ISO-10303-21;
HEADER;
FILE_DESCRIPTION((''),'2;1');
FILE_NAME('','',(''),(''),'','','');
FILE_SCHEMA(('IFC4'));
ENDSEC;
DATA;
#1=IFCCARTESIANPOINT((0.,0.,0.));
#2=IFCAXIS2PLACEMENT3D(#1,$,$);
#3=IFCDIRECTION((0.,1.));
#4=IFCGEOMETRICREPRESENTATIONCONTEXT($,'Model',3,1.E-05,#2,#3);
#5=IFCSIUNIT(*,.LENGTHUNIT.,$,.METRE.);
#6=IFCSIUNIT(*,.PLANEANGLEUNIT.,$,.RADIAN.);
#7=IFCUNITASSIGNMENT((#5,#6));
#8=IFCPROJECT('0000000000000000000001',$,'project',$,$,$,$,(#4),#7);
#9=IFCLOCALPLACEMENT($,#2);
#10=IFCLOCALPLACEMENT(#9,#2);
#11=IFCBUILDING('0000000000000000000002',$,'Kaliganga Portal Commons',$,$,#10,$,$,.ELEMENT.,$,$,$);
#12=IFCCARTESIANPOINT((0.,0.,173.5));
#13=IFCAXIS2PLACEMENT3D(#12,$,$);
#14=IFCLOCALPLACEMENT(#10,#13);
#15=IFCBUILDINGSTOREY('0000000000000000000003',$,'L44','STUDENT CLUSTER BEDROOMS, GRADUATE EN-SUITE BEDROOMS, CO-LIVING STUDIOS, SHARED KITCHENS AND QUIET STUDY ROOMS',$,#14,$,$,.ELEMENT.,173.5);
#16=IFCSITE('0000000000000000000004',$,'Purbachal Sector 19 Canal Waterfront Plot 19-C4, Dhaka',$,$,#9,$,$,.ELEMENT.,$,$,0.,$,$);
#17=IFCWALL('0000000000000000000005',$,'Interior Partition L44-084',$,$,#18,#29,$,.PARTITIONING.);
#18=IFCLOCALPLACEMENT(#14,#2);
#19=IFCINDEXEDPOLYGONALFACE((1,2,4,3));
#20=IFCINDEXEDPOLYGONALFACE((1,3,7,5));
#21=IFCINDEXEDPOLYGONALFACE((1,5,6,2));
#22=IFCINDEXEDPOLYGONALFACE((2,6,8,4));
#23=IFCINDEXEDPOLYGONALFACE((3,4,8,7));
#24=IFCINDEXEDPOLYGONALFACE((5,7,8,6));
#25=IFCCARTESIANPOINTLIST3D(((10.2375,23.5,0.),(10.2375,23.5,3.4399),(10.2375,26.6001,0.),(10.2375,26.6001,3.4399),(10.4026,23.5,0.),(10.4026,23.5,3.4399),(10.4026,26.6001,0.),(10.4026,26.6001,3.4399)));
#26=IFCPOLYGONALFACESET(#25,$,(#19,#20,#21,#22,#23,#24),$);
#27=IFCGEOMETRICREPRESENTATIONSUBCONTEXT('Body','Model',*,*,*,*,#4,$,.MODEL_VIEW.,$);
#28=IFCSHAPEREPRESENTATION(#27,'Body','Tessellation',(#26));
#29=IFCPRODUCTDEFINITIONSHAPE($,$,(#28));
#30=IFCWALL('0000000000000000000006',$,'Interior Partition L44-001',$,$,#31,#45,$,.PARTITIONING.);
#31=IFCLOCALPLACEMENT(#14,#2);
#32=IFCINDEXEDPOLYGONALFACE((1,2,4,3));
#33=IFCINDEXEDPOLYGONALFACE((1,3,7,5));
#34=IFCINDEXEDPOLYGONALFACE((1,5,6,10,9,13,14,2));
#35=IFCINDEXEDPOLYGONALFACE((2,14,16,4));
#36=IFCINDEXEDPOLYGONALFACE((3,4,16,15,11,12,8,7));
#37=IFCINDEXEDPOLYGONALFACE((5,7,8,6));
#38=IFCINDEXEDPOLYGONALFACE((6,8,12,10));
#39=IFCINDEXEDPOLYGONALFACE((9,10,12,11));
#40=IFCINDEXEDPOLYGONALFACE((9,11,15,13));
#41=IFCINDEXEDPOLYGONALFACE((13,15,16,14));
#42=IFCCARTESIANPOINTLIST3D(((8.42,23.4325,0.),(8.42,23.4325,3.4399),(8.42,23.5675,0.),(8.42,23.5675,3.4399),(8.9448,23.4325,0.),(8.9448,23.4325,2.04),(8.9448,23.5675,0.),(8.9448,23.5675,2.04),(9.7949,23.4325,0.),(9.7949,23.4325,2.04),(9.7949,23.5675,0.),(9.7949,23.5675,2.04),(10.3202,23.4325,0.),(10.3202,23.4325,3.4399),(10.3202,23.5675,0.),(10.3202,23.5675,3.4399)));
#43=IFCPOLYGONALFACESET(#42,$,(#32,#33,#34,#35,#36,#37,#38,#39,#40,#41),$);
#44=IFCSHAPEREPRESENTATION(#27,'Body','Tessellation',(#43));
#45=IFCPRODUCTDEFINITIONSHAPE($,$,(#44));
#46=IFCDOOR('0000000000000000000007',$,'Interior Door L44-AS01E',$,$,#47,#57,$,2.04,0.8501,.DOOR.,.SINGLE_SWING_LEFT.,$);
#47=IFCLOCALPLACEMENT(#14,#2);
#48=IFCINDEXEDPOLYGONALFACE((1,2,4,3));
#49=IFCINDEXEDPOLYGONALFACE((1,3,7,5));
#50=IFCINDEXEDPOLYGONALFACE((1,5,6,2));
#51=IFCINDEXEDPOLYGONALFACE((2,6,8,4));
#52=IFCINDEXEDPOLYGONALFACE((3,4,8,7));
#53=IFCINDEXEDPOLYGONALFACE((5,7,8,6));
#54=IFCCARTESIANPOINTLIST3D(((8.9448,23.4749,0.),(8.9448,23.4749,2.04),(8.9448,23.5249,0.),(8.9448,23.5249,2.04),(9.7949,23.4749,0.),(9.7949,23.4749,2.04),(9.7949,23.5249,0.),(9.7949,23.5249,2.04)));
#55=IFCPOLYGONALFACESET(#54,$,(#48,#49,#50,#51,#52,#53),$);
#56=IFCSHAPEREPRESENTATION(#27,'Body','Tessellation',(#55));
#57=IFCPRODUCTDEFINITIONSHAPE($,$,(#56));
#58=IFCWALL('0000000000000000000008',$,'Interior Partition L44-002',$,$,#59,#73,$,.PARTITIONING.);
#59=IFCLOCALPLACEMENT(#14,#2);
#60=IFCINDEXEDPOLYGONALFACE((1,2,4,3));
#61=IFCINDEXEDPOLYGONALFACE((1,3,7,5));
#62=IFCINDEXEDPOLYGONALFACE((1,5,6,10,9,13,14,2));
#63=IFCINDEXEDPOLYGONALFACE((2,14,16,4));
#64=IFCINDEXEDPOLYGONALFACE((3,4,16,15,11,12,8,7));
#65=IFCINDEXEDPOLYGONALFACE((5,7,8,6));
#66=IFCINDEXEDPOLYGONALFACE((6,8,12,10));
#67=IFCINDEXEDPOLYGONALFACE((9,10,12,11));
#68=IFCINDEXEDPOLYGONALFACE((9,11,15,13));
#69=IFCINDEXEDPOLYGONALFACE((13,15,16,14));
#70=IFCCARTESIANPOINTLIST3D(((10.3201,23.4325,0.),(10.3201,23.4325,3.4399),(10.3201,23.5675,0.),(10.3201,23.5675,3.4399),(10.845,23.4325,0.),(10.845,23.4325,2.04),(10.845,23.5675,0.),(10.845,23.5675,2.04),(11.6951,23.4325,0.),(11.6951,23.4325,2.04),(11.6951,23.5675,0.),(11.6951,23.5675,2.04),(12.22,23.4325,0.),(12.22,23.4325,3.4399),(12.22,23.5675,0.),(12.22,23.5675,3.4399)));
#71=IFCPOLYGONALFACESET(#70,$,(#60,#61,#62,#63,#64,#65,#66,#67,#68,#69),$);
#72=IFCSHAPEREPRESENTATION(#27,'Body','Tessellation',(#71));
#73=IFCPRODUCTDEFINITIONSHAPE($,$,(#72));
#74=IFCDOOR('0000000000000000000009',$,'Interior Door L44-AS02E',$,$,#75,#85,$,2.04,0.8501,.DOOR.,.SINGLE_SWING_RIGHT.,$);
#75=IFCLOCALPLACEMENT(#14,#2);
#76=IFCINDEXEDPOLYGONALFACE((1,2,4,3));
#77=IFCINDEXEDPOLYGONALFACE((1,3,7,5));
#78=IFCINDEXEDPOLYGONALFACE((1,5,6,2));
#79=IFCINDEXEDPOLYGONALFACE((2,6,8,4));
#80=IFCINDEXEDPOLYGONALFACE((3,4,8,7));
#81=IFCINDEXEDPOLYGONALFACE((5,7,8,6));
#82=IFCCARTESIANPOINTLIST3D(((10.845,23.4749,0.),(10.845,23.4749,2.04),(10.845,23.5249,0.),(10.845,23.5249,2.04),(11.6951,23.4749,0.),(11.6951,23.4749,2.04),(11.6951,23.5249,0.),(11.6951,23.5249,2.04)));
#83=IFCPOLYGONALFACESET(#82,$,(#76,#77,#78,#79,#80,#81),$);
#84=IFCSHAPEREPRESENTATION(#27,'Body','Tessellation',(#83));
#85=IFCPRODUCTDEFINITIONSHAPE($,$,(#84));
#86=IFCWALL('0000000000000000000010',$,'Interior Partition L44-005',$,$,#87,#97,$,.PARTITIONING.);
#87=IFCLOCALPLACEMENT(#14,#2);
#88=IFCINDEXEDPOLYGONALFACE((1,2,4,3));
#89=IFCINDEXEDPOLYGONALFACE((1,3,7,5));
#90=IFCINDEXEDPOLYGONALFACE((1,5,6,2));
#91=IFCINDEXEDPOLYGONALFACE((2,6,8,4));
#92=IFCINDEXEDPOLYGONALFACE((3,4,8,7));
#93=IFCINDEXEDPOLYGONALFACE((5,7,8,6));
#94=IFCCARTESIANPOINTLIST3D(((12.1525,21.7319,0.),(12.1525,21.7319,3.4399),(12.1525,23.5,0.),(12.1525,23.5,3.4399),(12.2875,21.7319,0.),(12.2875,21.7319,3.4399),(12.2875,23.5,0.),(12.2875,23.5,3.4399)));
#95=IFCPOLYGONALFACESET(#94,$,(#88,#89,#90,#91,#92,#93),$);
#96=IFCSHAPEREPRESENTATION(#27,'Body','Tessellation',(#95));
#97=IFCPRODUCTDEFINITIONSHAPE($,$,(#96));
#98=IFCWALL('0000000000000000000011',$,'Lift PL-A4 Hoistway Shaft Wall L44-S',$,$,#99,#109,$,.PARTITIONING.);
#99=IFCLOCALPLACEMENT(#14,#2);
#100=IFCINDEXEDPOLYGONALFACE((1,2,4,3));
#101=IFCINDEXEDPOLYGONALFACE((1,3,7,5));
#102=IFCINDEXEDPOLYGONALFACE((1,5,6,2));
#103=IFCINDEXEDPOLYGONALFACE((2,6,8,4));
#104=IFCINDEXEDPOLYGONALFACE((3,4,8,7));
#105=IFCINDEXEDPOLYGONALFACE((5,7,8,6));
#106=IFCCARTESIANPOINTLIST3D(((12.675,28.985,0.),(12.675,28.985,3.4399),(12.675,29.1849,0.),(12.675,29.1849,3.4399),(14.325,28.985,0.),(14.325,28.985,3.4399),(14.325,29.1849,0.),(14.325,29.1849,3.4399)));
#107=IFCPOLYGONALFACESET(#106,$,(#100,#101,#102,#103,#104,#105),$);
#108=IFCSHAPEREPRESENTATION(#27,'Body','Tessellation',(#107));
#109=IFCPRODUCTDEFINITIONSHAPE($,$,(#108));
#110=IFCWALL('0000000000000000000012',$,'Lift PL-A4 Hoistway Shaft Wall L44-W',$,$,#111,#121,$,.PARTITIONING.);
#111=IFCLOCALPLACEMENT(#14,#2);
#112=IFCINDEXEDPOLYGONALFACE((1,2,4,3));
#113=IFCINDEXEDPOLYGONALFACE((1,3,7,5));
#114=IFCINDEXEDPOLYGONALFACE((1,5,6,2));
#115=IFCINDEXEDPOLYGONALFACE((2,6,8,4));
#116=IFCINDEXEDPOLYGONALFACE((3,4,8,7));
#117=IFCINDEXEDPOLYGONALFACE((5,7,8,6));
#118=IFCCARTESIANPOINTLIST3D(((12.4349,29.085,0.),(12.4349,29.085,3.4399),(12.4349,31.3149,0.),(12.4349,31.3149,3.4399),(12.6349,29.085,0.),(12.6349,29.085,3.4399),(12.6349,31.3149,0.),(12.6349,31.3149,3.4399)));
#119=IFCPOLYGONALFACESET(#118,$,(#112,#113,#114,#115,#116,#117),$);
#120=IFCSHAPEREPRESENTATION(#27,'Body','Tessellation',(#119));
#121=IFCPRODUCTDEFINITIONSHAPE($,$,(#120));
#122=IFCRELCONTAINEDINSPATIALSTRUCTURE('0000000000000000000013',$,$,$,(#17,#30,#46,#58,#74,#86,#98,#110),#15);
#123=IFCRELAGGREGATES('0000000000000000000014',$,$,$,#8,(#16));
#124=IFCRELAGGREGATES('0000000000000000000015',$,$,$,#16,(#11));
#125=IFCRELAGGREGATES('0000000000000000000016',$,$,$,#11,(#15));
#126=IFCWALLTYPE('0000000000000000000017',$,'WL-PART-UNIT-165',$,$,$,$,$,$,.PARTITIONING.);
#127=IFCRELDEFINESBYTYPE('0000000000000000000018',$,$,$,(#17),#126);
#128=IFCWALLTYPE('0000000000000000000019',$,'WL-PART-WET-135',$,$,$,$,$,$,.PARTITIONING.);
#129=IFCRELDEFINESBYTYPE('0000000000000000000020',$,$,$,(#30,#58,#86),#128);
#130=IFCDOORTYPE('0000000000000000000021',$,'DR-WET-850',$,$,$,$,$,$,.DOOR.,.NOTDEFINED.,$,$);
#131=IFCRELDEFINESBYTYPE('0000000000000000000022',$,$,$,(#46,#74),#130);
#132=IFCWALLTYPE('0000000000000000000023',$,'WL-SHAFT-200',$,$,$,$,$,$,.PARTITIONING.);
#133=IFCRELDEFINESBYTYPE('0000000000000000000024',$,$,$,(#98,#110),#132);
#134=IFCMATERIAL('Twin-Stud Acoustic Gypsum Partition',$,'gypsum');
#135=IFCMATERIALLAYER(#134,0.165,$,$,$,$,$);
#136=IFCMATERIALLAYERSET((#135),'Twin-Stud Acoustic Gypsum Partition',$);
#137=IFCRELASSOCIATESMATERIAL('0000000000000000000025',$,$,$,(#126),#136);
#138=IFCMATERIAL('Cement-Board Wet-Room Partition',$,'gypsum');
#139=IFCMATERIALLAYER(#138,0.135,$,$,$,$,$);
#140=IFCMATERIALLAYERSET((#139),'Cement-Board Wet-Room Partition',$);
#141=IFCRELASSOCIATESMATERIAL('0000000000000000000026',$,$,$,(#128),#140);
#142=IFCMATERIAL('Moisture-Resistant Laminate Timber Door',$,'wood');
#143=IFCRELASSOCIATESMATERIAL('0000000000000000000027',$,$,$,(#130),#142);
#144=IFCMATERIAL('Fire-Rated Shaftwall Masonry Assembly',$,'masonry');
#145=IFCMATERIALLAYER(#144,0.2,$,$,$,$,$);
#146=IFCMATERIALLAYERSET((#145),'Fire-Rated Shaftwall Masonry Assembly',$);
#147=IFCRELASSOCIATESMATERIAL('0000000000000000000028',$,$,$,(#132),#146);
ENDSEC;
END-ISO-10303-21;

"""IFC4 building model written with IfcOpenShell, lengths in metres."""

from ifc_helpers import new_model, si_unit, direction, frame, frame_2d, origin, place, context, subcontext, project, spatial, rectangle, extrude, material, layer, layer_set, type_object, element, fill, save


model = new_model("IFC4")

# Units and contexts
model_context = context("Model", 3, precision=1e-05, world=origin(), true_north=direction((0.0, 1.0)))
body_context = subcontext(model_context, "Body", "Model", "MODEL_VIEW")
ifc_project = project(units=[si_unit("LENGTHUNIT", "METRE"), si_unit("PLANEANGLEUNIT", "RADIAN")], contexts=[model_context])

# Site, building, storey
site_placement = place(None, origin())
site = spatial("IfcSite", under=ifc_project, at=site_placement, Name="Purbachal Sector 19 Canal Waterfront Plot 19-C4, Dhaka", CompositionType="ELEMENT", RefElevation=0.0)
building_placement = place(site_placement, origin())
building = spatial("IfcBuilding", under=site, at=building_placement, Name="Kaliganga Portal Commons", CompositionType="ELEMENT")
storey_placement = place(building_placement, frame((0.0, 0.0, 173.5)))
storey = spatial("IfcBuildingStorey", under=building, at=storey_placement, Name="L44", Description="STUDENT CLUSTER BEDROOMS, GRADUATE EN-SUITE BEDROOMS, CO-LIVING STUDIOS, SHARED KITCHENS AND QUIET STUDY ROOMS", CompositionType="ELEMENT", Elevation=173.5)

# Wall
ifc_material_1 = material(Name="Twin-Stud Acoustic Gypsum Partition", Category="gypsum")
ifc_layer_1 = layer(ifc_material_1, 0.165)
ifc_layer_set_1 = layer_set([ifc_layer_1], Name="Twin-Stud Acoustic Gypsum Partition")
wall_type_1 = type_object("IfcWallType", Name="WL-PART-UNIT-165", PredefinedType="PARTITIONING", material=ifc_layer_set_1)
wall_1_placement = place(storey_placement, frame((10.3201, 23.5, 0.0), z_axis=(0.0, 0.0, 1.0), x_axis=(0.0, 1.0, 0.0)))
element("IfcWall", 1, at=wall_1_placement, inside=storey, type_object=wall_type_1, Name="Interior Partition L44-084", PredefinedType="PARTITIONING", context=body_context, shape_type="SweptSolid", body=[
    extrude(rectangle(XDim=3.1001, YDim=0.165, at=frame_2d((1.55, 0.0))), origin(), (0.0, 0.0, 1.0), 3.4399),
])

# Walls, openings, doors
ifc_material_2 = material(Name="Cement-Board Wet-Room Partition", Category="gypsum")
ifc_layer_2 = layer(ifc_material_2, 0.135)
ifc_layer_set_2 = layer_set([ifc_layer_2], Name="Cement-Board Wet-Room Partition")
wall_type_2 = type_object("IfcWallType", Name="WL-PART-WET-135", PredefinedType="PARTITIONING", material=ifc_layer_set_2)
wall_2_placement = place(storey_placement, frame((8.4199, 23.5, 0.0), z_axis=(0.0, 0.0, 1.0), x_axis=(1.0, 0.0, 0.0)))
wall_2 = element("IfcWall", 2, at=wall_2_placement, inside=storey, type_object=wall_type_2, Name="Interior Partition L44-001", PredefinedType="PARTITIONING", context=body_context, shape_type="SweptSolid", body=[
    extrude(rectangle(XDim=1.9001, YDim=0.135, at=frame_2d((0.9502, 0.0))), origin(), (0.0, 0.0, 1.0), 3.4399),
])
opening_1_placement = place(wall_2_placement, frame((0.5249, 0.0, 0.0)))
opening_1 = element("IfcOpeningElement", 3, at=opening_1_placement, cuts=wall_2, PredefinedType="OPENING", context=body_context, shape_type="SweptSolid", body=[
    extrude(rectangle(XDim=0.8501, YDim=2.04, at=frame_2d((0.425, 1.02))), frame((0.0, 0.0776, 0.0), z_axis=(0.0, -1.0, 0.0), x_axis=(1.0, 0.0, 0.0)), (0.0, 0.0, 1.0), 0.155),
])
ifc_material_3 = material(Name="Moisture-Resistant Laminate Timber Door", Category="wood")
door_type_1 = type_object("IfcDoorType", Name="DR-WET-850", OperationType="NOTDEFINED", PredefinedType="DOOR", material=ifc_material_3)
door_1_placement = place(opening_1_placement, origin())
door_1 = element("IfcDoor", 4, at=door_1_placement, inside=storey, type_object=door_type_1, Name="Interior Door L44-AS01E", OperationType="SINGLE_SWING_LEFT", OverallHeight=2.04, OverallWidth=0.8501, PredefinedType="DOOR", context=body_context, shape_type="SweptSolid", body=[
    extrude(rectangle(XDim=0.8501, YDim=2.04, at=frame_2d((0.425, 1.02))), frame((0.0, 0.0249, 0.0), z_axis=(0.0, -1.0, 0.0), x_axis=(1.0, 0.0, 0.0)), (0.0, 0.0, 1.0), 0.05),
])
fill(opening_1, door_1)
wall_3_placement = place(storey_placement, frame((10.3201, 23.5, 0.0), z_axis=(0.0, 0.0, 1.0), x_axis=(1.0, 0.0, 0.0)))
wall_3 = element("IfcWall", 5, at=wall_3_placement, inside=storey, type_object=wall_type_2, Name="Interior Partition L44-002", PredefinedType="PARTITIONING", context=body_context, shape_type="SweptSolid", body=[
    extrude(rectangle(XDim=1.8999, YDim=0.135, at=frame_2d((0.95, 0.0))), origin(), (0.0, 0.0, 1.0), 3.4399),
])
opening_2_placement = place(wall_3_placement, frame((0.5249, 0.0, 0.0)))
opening_2 = element("IfcOpeningElement", 6, at=opening_2_placement, cuts=wall_3, PredefinedType="OPENING", context=body_context, shape_type="SweptSolid", body=[
    extrude(rectangle(XDim=0.8501, YDim=2.04, at=frame_2d((0.425, 1.02))), frame((0.0, 0.0776, 0.0), z_axis=(0.0, -1.0, 0.0), x_axis=(1.0, 0.0, 0.0)), (0.0, 0.0, 1.0), 0.155),
])
door_2_placement = place(opening_2_placement, origin())
door_2 = element("IfcDoor", 7, at=door_2_placement, inside=storey, type_object=door_type_1, Name="Interior Door L44-AS02E", OperationType="SINGLE_SWING_RIGHT", OverallHeight=2.04, OverallWidth=0.8501, PredefinedType="DOOR", context=body_context, shape_type="SweptSolid", body=[
    extrude(rectangle(XDim=0.8501, YDim=2.04, at=frame_2d((0.425, 1.02))), frame((0.0, 0.0249, 0.0), z_axis=(0.0, -1.0, 0.0), x_axis=(1.0, 0.0, 0.0)), (0.0, 0.0, 1.0), 0.05),
])
fill(opening_2, door_2)

# Walls
wall_4_placement = place(storey_placement, frame((12.22, 21.7319, 0.0), z_axis=(0.0, 0.0, 1.0), x_axis=(0.0, 1.0, 0.0)))
element("IfcWall", 8, at=wall_4_placement, inside=storey, type_object=wall_type_2, Name="Interior Partition L44-005", PredefinedType="PARTITIONING", context=body_context, shape_type="SweptSolid", body=[
    extrude(rectangle(XDim=1.7681, YDim=0.135, at=frame_2d((0.884, 0.0))), origin(), (0.0, 0.0, 1.0), 3.4399),
])
ifc_material_4 = material(Name="Fire-Rated Shaftwall Masonry Assembly", Category="masonry")
ifc_layer_3 = layer(ifc_material_4, 0.2)
ifc_layer_set_3 = layer_set([ifc_layer_3], Name="Fire-Rated Shaftwall Masonry Assembly")
wall_type_3 = type_object("IfcWallType", Name="WL-SHAFT-200", PredefinedType="PARTITIONING", material=ifc_layer_set_3)
wall_5_placement = place(storey_placement, frame((12.675, 29.085, 0.0), z_axis=(0.0, 0.0, 1.0), x_axis=(1.0, 0.0, 0.0)))
element("IfcWall", 9, at=wall_5_placement, inside=storey, type_object=wall_type_3, Name="Lift PL-A4 Hoistway Shaft Wall L44-S", PredefinedType="PARTITIONING", context=body_context, shape_type="SweptSolid", body=[
    extrude(rectangle(XDim=1.6499, YDim=0.2, at=frame_2d((0.825, 0.0))), origin(), (0.0, 0.0, 1.0), 3.4399),
])
wall_6_placement = place(storey_placement, frame((12.5349, 29.085, 0.0), z_axis=(0.0, 0.0, 1.0), x_axis=(0.0, 1.0, 0.0)))
element("IfcWall", 10, at=wall_6_placement, inside=storey, type_object=wall_type_3, Name="Lift PL-A4 Hoistway Shaft Wall L44-W", PredefinedType="PARTITIONING", context=body_context, shape_type="SweptSolid", body=[
    extrude(rectangle(XDim=2.23, YDim=0.2, at=frame_2d((1.115, 0.0))), origin(), (0.0, 0.0, 1.0), 3.4399),
])

save(model, "model.ifc")
